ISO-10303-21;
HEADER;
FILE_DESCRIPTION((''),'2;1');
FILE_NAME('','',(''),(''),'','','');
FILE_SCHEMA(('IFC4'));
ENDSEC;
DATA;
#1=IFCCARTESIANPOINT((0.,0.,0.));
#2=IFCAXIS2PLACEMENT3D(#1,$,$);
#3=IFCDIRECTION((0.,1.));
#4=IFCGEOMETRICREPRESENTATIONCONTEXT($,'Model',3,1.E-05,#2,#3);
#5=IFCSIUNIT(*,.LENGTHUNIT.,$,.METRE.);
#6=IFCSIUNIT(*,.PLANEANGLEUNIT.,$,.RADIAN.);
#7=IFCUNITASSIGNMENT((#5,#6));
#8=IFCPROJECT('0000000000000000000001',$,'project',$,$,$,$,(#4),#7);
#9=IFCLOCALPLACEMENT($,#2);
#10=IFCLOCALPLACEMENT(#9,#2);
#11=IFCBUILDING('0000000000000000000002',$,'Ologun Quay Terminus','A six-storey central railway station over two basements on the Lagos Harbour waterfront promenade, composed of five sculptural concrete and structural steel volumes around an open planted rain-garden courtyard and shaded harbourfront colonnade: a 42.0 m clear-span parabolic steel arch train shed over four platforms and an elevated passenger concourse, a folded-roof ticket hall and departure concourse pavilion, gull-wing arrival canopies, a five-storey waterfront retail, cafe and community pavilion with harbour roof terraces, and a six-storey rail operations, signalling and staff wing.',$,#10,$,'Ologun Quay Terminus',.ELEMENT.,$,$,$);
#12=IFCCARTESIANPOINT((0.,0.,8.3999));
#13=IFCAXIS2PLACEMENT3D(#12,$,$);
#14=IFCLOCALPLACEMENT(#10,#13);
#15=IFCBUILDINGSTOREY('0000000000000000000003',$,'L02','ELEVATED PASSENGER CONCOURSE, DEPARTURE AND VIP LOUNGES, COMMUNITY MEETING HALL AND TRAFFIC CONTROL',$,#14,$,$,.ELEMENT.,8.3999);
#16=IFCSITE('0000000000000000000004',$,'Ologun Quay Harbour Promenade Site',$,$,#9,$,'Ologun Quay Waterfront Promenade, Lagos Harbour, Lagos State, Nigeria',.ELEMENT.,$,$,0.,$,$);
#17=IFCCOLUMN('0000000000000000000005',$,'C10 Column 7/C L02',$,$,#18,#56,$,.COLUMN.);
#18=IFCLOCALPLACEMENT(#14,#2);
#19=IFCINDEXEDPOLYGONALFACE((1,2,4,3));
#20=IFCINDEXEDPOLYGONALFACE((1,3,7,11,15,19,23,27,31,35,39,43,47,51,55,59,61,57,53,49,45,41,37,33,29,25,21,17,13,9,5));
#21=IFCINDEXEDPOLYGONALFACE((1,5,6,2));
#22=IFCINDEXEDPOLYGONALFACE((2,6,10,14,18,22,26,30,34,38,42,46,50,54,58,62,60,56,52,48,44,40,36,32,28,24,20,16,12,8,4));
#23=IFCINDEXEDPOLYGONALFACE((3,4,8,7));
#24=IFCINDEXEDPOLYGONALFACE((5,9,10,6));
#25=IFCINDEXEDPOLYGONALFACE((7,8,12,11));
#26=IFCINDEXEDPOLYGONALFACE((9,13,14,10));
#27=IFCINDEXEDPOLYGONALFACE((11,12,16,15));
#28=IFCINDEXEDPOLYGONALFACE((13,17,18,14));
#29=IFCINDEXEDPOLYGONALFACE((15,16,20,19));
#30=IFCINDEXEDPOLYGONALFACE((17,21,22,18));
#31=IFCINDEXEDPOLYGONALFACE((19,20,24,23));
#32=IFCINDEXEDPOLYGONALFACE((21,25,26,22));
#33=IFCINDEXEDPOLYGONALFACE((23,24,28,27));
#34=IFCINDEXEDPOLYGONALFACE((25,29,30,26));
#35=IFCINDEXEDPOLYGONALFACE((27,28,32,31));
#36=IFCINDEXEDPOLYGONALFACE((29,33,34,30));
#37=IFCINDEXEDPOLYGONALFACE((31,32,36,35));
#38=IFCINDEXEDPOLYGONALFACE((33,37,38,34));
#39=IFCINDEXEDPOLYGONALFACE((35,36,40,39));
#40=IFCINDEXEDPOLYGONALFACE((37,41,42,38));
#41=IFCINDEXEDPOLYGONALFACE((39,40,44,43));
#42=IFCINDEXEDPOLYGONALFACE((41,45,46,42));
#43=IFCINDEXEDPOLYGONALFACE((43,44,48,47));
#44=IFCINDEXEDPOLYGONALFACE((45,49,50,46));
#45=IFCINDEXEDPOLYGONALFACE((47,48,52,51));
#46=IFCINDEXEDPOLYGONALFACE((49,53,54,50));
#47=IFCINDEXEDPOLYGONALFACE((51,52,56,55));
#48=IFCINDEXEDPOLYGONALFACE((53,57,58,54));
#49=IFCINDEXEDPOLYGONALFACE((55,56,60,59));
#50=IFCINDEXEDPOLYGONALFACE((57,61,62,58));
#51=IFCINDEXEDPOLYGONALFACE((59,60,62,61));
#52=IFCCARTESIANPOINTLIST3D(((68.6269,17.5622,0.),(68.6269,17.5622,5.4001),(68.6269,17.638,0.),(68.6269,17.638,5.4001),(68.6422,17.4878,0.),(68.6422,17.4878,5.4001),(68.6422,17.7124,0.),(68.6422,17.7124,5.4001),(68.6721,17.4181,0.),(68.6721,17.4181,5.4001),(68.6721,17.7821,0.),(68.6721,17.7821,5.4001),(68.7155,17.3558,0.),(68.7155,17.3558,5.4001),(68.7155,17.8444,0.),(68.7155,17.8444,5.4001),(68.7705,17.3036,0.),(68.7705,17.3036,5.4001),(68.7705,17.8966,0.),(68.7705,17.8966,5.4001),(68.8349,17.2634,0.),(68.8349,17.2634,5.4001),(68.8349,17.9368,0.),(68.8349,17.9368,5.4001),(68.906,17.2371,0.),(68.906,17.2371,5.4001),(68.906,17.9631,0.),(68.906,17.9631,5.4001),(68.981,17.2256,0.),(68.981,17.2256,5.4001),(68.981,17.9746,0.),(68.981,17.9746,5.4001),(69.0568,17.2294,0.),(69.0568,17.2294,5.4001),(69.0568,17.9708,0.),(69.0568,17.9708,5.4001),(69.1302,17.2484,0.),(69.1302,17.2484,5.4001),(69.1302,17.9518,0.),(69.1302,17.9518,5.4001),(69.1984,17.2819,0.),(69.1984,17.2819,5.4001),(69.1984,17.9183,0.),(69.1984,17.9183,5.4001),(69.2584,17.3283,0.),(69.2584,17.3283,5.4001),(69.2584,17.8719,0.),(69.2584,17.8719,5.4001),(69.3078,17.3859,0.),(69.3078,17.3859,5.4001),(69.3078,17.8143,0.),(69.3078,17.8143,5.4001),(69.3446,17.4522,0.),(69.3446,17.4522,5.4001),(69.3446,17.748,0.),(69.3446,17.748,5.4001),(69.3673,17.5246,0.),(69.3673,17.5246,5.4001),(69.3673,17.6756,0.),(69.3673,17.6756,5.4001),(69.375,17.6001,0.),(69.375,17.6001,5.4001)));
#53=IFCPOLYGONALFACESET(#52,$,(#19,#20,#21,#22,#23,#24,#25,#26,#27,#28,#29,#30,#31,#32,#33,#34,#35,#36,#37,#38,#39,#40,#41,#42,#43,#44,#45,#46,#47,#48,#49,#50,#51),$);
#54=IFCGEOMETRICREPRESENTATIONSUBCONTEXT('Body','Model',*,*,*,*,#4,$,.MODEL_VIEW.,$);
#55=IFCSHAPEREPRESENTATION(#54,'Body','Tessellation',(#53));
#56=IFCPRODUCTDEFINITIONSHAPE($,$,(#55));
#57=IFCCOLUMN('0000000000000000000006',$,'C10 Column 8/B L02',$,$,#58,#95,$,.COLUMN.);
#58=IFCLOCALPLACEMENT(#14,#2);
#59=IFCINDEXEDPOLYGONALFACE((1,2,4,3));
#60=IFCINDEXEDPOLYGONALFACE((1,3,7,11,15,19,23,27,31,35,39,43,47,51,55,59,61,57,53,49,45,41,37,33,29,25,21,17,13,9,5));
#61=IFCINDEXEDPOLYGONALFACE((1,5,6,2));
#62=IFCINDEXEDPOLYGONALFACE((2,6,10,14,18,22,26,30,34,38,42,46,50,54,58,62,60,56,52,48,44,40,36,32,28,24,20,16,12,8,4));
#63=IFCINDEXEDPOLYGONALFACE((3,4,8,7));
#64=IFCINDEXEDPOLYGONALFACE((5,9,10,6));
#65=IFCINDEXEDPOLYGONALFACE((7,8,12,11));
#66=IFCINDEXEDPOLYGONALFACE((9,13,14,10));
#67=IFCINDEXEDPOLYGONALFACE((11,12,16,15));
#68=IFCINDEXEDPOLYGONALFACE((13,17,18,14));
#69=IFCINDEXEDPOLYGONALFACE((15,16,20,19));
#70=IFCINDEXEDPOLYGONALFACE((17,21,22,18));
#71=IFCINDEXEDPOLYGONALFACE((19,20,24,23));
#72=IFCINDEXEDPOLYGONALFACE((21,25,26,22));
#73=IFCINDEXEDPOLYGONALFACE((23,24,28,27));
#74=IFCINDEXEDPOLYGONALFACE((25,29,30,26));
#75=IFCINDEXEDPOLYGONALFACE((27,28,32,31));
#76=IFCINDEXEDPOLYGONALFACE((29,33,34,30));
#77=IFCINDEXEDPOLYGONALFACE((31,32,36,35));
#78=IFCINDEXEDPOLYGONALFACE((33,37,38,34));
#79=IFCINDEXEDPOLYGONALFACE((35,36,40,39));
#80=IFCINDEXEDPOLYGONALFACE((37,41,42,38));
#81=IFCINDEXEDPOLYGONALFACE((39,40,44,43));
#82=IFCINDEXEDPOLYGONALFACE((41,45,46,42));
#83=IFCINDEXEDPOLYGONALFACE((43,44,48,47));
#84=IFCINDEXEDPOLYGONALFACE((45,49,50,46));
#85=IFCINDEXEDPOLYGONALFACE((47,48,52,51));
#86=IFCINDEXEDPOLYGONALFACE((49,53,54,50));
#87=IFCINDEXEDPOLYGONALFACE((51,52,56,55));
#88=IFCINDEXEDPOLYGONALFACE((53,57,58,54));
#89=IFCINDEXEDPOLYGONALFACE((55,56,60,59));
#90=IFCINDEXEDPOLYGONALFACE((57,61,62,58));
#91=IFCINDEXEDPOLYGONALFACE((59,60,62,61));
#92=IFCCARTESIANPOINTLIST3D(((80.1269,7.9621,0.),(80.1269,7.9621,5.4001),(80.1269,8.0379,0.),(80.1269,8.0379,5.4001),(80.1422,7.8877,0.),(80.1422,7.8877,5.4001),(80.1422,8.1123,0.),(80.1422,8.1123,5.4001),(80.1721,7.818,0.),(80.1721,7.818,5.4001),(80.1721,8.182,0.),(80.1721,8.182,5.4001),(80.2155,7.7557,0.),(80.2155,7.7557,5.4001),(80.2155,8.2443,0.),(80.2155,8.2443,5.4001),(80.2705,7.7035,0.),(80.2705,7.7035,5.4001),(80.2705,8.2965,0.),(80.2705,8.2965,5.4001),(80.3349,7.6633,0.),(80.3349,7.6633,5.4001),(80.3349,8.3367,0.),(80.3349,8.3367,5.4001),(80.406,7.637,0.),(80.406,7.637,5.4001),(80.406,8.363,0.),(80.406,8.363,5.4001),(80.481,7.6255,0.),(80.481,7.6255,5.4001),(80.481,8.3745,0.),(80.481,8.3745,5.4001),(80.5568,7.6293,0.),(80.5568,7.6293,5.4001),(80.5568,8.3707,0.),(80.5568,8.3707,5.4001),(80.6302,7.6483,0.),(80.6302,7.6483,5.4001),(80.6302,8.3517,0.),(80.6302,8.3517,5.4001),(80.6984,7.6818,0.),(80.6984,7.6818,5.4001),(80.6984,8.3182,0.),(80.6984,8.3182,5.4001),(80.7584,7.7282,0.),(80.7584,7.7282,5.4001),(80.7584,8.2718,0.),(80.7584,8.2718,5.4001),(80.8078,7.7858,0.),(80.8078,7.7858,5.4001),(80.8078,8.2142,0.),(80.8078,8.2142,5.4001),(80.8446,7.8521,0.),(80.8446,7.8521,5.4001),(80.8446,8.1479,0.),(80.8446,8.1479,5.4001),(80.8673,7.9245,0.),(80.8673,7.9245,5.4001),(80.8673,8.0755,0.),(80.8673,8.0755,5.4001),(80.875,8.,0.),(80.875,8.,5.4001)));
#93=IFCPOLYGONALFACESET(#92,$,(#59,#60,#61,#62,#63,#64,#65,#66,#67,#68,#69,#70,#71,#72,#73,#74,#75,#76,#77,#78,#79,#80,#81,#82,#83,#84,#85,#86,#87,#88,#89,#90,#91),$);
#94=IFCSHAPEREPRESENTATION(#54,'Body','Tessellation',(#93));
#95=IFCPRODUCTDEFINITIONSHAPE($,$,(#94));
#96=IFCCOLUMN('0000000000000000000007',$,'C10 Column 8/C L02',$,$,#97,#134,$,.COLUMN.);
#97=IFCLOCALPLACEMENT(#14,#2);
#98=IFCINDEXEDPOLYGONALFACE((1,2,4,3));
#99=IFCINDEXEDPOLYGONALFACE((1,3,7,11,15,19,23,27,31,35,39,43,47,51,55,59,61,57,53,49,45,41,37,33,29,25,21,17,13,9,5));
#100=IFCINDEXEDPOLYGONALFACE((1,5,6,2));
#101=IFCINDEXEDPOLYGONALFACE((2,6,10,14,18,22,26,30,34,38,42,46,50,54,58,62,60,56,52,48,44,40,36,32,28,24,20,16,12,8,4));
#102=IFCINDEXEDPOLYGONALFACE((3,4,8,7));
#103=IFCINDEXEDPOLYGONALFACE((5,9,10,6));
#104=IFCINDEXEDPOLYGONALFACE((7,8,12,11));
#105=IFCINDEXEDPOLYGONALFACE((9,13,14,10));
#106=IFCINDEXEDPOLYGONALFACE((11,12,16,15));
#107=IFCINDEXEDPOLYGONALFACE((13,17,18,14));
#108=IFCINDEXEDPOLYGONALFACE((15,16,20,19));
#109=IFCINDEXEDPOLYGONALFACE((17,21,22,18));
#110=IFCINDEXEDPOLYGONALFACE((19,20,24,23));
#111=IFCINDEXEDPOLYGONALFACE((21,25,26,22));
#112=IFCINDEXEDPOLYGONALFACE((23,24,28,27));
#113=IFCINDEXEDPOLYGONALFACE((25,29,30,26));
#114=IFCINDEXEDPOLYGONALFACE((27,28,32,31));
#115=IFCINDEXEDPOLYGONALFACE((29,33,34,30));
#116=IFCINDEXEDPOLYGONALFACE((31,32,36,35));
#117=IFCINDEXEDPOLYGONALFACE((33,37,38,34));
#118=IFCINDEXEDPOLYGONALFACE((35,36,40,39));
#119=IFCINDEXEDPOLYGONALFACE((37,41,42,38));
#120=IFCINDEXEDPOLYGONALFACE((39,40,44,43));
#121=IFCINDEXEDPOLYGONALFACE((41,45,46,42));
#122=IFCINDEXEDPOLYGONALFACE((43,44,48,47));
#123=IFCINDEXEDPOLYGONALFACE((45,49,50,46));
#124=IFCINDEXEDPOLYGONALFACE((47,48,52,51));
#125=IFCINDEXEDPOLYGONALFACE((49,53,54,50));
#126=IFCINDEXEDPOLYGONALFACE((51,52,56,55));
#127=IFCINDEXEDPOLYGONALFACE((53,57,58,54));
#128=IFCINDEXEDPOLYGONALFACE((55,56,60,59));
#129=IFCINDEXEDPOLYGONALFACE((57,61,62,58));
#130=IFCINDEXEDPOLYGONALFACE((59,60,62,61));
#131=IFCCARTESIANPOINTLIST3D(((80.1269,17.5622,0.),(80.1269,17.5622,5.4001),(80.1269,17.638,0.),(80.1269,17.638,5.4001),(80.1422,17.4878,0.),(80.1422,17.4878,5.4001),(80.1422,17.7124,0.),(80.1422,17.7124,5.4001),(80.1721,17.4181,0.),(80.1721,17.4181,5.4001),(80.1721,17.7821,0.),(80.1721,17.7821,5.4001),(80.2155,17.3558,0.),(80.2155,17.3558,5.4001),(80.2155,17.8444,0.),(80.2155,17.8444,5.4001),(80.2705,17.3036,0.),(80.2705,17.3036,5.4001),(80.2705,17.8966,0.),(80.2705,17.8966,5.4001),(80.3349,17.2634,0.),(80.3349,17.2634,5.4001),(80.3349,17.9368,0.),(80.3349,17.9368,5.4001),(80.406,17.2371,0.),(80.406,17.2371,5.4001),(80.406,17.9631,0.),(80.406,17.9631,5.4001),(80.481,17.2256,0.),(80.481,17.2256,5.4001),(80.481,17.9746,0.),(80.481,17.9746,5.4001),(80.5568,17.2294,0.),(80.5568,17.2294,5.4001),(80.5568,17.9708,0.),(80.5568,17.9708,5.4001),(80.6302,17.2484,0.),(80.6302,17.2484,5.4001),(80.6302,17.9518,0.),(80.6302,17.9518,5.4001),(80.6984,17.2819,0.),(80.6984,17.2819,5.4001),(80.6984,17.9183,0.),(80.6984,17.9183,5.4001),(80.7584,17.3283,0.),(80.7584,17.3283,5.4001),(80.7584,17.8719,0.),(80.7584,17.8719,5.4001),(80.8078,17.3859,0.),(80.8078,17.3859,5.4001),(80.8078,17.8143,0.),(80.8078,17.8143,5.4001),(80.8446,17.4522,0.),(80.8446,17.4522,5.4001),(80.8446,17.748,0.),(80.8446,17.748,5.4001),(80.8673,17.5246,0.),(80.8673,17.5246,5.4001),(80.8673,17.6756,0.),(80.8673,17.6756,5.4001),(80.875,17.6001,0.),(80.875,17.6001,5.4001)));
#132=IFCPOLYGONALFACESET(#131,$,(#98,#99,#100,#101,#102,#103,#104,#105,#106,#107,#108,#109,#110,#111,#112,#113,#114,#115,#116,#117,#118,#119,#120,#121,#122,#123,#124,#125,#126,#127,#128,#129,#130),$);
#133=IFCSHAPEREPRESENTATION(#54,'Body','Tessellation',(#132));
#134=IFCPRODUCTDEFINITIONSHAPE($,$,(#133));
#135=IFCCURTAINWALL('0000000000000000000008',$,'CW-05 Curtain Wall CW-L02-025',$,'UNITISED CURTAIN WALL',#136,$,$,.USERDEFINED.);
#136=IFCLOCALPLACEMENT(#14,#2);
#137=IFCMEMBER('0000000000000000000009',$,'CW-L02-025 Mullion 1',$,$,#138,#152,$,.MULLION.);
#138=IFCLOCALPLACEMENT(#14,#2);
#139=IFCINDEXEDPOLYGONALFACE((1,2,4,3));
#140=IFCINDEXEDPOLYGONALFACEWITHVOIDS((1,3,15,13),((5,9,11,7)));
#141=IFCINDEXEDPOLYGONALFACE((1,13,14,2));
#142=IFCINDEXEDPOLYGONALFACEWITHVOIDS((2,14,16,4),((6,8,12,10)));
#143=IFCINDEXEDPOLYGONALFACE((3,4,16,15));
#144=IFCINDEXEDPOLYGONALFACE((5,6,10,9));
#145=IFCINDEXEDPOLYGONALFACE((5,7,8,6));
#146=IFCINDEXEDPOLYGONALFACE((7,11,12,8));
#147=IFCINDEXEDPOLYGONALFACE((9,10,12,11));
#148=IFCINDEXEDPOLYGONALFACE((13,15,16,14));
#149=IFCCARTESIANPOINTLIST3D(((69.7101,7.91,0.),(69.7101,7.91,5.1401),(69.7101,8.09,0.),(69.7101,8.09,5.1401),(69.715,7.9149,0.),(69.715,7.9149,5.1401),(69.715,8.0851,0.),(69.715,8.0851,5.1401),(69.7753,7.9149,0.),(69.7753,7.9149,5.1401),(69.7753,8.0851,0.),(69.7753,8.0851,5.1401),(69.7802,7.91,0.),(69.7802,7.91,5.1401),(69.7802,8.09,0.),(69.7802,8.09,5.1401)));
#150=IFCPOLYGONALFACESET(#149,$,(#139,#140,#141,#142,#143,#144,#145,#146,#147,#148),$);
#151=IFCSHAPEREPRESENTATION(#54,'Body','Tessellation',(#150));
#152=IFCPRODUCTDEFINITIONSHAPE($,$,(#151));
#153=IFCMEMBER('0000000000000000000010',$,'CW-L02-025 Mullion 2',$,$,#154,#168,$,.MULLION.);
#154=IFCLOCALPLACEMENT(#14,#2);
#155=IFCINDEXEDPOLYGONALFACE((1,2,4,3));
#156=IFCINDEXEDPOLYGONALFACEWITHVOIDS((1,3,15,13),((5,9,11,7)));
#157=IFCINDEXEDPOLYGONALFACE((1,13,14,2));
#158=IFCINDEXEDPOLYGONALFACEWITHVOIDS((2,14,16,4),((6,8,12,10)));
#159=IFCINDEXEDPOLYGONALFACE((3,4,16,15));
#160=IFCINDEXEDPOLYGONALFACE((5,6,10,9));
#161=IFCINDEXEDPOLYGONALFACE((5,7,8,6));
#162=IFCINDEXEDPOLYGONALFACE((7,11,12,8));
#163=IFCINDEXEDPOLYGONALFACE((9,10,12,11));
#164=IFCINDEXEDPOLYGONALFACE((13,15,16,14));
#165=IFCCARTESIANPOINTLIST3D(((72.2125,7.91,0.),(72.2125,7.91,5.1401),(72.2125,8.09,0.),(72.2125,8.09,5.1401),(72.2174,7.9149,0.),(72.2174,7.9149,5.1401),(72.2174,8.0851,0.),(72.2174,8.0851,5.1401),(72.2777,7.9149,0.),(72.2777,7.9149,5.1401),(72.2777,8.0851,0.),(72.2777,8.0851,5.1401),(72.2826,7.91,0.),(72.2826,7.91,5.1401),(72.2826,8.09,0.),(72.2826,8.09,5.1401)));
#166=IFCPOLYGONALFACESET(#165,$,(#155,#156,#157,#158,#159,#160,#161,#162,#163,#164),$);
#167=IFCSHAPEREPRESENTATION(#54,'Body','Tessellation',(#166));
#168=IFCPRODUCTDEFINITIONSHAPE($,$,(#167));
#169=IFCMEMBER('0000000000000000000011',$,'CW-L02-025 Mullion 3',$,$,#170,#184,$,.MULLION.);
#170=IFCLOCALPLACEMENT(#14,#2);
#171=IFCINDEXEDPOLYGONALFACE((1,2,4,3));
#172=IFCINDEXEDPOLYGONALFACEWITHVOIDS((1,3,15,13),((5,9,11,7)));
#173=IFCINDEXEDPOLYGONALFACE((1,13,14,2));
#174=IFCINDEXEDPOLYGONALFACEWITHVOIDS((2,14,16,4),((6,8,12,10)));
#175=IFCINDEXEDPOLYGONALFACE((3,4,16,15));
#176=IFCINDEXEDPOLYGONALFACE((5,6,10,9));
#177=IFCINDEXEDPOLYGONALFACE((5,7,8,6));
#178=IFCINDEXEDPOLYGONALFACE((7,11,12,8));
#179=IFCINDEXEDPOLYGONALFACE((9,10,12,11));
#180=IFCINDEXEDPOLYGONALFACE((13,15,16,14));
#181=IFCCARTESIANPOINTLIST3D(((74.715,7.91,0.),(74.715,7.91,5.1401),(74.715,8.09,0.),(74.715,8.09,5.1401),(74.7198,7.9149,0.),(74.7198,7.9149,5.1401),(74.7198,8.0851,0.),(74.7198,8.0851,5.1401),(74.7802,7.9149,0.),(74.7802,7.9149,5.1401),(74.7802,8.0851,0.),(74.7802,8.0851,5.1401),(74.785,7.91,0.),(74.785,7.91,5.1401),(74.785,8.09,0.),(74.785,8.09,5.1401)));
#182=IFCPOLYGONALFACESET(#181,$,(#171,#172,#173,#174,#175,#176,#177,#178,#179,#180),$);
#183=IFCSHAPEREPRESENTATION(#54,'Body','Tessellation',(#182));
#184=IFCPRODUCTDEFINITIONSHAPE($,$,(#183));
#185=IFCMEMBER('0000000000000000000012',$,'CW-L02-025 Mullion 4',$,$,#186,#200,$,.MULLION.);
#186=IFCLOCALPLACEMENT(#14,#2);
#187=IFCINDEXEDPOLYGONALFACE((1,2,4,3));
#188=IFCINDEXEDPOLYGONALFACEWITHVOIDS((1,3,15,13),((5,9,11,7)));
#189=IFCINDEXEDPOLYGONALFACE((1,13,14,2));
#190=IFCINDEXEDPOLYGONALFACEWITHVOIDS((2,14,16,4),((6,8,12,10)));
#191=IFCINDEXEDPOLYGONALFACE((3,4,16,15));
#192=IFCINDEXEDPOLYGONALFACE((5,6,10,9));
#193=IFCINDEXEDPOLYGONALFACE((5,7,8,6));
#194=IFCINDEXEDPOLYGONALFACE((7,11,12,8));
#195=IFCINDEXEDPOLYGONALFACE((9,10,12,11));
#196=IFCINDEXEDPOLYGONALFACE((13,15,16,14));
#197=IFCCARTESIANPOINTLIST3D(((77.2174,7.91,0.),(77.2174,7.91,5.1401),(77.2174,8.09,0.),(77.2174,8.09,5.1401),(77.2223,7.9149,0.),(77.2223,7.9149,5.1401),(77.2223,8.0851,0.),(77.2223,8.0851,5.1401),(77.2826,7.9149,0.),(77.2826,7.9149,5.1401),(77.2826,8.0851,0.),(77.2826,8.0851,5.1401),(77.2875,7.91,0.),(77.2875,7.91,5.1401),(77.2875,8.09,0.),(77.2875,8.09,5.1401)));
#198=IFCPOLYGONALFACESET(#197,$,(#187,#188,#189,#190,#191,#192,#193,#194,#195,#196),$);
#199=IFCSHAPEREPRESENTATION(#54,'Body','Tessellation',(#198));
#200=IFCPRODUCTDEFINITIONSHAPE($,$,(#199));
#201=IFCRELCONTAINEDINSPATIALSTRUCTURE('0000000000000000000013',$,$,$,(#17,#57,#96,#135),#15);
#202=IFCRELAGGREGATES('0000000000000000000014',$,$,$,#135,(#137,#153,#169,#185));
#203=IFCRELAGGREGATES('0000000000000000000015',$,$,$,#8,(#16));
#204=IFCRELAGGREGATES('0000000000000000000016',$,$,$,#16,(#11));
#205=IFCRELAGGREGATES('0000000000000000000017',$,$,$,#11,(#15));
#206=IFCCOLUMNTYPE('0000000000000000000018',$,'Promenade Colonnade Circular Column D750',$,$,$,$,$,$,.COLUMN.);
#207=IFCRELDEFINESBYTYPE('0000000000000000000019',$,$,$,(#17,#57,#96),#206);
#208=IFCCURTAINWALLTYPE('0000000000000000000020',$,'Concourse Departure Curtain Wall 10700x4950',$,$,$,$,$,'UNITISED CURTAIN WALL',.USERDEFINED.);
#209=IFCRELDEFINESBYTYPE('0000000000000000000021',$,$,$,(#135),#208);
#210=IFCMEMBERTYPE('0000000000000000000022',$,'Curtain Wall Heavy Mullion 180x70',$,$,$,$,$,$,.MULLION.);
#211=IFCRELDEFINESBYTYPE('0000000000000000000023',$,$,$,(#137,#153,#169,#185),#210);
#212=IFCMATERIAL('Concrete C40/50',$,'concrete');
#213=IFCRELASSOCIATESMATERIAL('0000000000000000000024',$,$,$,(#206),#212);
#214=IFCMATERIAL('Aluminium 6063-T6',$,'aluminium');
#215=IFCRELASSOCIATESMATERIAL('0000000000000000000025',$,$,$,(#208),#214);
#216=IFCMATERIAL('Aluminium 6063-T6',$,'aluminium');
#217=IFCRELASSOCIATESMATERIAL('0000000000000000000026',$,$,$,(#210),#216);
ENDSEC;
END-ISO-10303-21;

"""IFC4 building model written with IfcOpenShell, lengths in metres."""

from ifc_helpers import new_model, si_unit, direction, frame, origin, origin_2d, place, context, subcontext, project, spatial, hollow_rectangle, circle, extrude, material, material_profile, profile_set, type_object, element, aggregate, save


model = new_model("IFC4")

# Units and contexts
model_context = context("Model", 3, precision=1e-05, world=origin(), true_north=direction((0.0, 1.0)))
body_context = subcontext(model_context, "Body", "Model", "MODEL_VIEW")
ifc_project = project(units=[si_unit("LENGTHUNIT", "METRE"), si_unit("PLANEANGLEUNIT", "RADIAN")], contexts=[model_context])

# Site, building, storey
site_placement = place(None, origin())
site = spatial("IfcSite", under=ifc_project, at=site_placement, Name="Ologun Quay Harbour Promenade Site", LongName="Ologun Quay Waterfront Promenade, Lagos Harbour, Lagos State, Nigeria", CompositionType="ELEMENT", RefElevation=0.0)
building_placement = place(site_placement, origin())
building = spatial("IfcBuilding", under=site, at=building_placement, Name="Ologun Quay Terminus", Description="A six-storey central railway station over two basements on the Lagos Harbour waterfront promenade, composed of five sculptural concrete and structural steel volumes around an open planted rain-garden courtyard and shaded harbourfront colonnade: a 42.0 m clear-span parabolic steel arch train shed over four platforms and an elevated passenger concourse, a folded-roof ticket hall and departure concourse pavilion, gull-wing arrival canopies, a five-storey waterfront retail, cafe and community pavilion with harbour roof terraces, and a six-storey rail operations, signalling and staff wing.", LongName="Ologun Quay Terminus", CompositionType="ELEMENT")
storey_placement = place(building_placement, frame((0.0, 0.0, 8.3999)))
storey = spatial("IfcBuildingStorey", under=building, at=storey_placement, Name="L02", Description="ELEVATED PASSENGER CONCOURSE, DEPARTURE AND VIP LOUNGES, COMMUNITY MEETING HALL AND TRAFFIC CONTROL", CompositionType="ELEMENT", Elevation=8.3999)

# Columns
ifc_material_1 = material(Name="Concrete C40/50", Category="concrete")
ifc_material_profile_1 = material_profile(ifc_material_1, circle(Radius=0.375, at=origin_2d()), Name="RC D750")
ifc_profile_set_1 = profile_set([ifc_material_profile_1], Name="Concrete C40/50")
column_type = type_object("IfcColumnType", Name="Promenade Colonnade Circular Column D750", PredefinedType="COLUMN", material=ifc_profile_set_1)
for number, where, z_axis, x_axis, name in (
    (1, (69.0, 17.6001, 0.0), (0.0, 0.0, 1.0), (1.0, 0.0, 0.0), "C10 Column 7/C L02"),
    (2, (80.5, 8.0, 0.0), (0.0, 0.0, 1.0), (1.0, 0.0, 0.0), "C10 Column 8/B L02"),
    (3, (80.5, 17.6001, 0.0), (0.0, 0.0, 1.0), (1.0, 0.0, 0.0), "C10 Column 8/C L02"),
):
    element("IfcColumn", number, at=place(storey_placement, frame(where, z_axis=z_axis, x_axis=x_axis)), inside=storey, type_object=column_type, Name=name, PredefinedType="COLUMN", context=body_context, shape_type="SweptSolid", body=[
        extrude(circle(Radius=0.375, at=origin_2d()), origin(), (0.0, 0.0, 1.0), 5.4001),
    ])

# Curtain wall, members
ifc_material_2 = material(Name="Aluminium 6063-T6", Category="aluminium")
curtain_wall_type = type_object("IfcCurtainWallType", Name="Concourse Departure Curtain Wall 10700x4950", ElementType="UNITISED CURTAIN WALL", PredefinedType="USERDEFINED", material=ifc_material_2)
curtain_wall_placement = place(storey_placement, origin())
curtain_wall = element("IfcCurtainWall", 4, at=curtain_wall_placement, inside=storey, type_object=curtain_wall_type, Name="CW-05 Curtain Wall CW-L02-025", ObjectType="UNITISED CURTAIN WALL", PredefinedType="USERDEFINED")
ifc_material_3 = material(Name="Aluminium 6063-T6", Category="aluminium")
ifc_material_profile_2 = material_profile(ifc_material_3, hollow_rectangle(XDim=0.0701, YDim=0.1799, WallThickness=0.0049, at=origin_2d()), Name="ALU 180x70x5")
ifc_profile_set_2 = profile_set([ifc_material_profile_2], Name="Aluminium 6063-T6")
member_type_1 = type_object("IfcMemberType", Name="Curtain Wall Heavy Mullion 180x70", PredefinedType="MULLION", material=ifc_profile_set_2)
member_1_placement = place(storey_placement, frame((69.7451, 8.0, 0.0), z_axis=(0.0, 0.0, 1.0), x_axis=(1.0, 0.0, 0.0)))
member_1 = element("IfcMember", 5, at=member_1_placement, type_object=member_type_1, Name="CW-L02-025 Mullion 1", PredefinedType="MULLION", context=body_context, shape_type="SweptSolid", body=[
    extrude(hollow_rectangle(XDim=0.0701, YDim=0.1799, WallThickness=0.0049, at=origin_2d()), origin(), (0.0, 0.0, 1.0), 5.1401),
])
member_2_placement = place(storey_placement, frame((72.2476, 8.0, 0.0), z_axis=(0.0, 0.0, 1.0), x_axis=(1.0, 0.0, 0.0)))
member_2 = element("IfcMember", 6, at=member_2_placement, type_object=member_type_1, Name="CW-L02-025 Mullion 2", PredefinedType="MULLION", context=body_context, shape_type="SweptSolid", body=[
    extrude(hollow_rectangle(XDim=0.0701, YDim=0.1799, WallThickness=0.0049, at=origin_2d()), origin(), (0.0, 0.0, 1.0), 5.1401),
])
member_3_placement = place(storey_placement, frame((74.75, 8.0, 0.0), z_axis=(0.0, 0.0, 1.0), x_axis=(1.0, 0.0, 0.0)))
member_3 = element("IfcMember", 7, at=member_3_placement, type_object=member_type_1, Name="CW-L02-025 Mullion 3", PredefinedType="MULLION", context=body_context, shape_type="SweptSolid", body=[
    extrude(hollow_rectangle(XDim=0.0701, YDim=0.1799, WallThickness=0.0049, at=origin_2d()), origin(), (0.0, 0.0, 1.0), 5.1401),
])
member_4_placement = place(storey_placement, frame((77.2524, 8.0, 0.0), z_axis=(0.0, 0.0, 1.0), x_axis=(1.0, 0.0, 0.0)))
member_4 = element("IfcMember", 8, at=member_4_placement, type_object=member_type_1, Name="CW-L02-025 Mullion 4", PredefinedType="MULLION", context=body_context, shape_type="SweptSolid", body=[
    extrude(hollow_rectangle(XDim=0.0701, YDim=0.1799, WallThickness=0.0049, at=origin_2d()), origin(), (0.0, 0.0, 1.0), 5.1401),
])

aggregate(curtain_wall, [member_1, member_2, member_3, member_4])

save(model, "model.ifc")
